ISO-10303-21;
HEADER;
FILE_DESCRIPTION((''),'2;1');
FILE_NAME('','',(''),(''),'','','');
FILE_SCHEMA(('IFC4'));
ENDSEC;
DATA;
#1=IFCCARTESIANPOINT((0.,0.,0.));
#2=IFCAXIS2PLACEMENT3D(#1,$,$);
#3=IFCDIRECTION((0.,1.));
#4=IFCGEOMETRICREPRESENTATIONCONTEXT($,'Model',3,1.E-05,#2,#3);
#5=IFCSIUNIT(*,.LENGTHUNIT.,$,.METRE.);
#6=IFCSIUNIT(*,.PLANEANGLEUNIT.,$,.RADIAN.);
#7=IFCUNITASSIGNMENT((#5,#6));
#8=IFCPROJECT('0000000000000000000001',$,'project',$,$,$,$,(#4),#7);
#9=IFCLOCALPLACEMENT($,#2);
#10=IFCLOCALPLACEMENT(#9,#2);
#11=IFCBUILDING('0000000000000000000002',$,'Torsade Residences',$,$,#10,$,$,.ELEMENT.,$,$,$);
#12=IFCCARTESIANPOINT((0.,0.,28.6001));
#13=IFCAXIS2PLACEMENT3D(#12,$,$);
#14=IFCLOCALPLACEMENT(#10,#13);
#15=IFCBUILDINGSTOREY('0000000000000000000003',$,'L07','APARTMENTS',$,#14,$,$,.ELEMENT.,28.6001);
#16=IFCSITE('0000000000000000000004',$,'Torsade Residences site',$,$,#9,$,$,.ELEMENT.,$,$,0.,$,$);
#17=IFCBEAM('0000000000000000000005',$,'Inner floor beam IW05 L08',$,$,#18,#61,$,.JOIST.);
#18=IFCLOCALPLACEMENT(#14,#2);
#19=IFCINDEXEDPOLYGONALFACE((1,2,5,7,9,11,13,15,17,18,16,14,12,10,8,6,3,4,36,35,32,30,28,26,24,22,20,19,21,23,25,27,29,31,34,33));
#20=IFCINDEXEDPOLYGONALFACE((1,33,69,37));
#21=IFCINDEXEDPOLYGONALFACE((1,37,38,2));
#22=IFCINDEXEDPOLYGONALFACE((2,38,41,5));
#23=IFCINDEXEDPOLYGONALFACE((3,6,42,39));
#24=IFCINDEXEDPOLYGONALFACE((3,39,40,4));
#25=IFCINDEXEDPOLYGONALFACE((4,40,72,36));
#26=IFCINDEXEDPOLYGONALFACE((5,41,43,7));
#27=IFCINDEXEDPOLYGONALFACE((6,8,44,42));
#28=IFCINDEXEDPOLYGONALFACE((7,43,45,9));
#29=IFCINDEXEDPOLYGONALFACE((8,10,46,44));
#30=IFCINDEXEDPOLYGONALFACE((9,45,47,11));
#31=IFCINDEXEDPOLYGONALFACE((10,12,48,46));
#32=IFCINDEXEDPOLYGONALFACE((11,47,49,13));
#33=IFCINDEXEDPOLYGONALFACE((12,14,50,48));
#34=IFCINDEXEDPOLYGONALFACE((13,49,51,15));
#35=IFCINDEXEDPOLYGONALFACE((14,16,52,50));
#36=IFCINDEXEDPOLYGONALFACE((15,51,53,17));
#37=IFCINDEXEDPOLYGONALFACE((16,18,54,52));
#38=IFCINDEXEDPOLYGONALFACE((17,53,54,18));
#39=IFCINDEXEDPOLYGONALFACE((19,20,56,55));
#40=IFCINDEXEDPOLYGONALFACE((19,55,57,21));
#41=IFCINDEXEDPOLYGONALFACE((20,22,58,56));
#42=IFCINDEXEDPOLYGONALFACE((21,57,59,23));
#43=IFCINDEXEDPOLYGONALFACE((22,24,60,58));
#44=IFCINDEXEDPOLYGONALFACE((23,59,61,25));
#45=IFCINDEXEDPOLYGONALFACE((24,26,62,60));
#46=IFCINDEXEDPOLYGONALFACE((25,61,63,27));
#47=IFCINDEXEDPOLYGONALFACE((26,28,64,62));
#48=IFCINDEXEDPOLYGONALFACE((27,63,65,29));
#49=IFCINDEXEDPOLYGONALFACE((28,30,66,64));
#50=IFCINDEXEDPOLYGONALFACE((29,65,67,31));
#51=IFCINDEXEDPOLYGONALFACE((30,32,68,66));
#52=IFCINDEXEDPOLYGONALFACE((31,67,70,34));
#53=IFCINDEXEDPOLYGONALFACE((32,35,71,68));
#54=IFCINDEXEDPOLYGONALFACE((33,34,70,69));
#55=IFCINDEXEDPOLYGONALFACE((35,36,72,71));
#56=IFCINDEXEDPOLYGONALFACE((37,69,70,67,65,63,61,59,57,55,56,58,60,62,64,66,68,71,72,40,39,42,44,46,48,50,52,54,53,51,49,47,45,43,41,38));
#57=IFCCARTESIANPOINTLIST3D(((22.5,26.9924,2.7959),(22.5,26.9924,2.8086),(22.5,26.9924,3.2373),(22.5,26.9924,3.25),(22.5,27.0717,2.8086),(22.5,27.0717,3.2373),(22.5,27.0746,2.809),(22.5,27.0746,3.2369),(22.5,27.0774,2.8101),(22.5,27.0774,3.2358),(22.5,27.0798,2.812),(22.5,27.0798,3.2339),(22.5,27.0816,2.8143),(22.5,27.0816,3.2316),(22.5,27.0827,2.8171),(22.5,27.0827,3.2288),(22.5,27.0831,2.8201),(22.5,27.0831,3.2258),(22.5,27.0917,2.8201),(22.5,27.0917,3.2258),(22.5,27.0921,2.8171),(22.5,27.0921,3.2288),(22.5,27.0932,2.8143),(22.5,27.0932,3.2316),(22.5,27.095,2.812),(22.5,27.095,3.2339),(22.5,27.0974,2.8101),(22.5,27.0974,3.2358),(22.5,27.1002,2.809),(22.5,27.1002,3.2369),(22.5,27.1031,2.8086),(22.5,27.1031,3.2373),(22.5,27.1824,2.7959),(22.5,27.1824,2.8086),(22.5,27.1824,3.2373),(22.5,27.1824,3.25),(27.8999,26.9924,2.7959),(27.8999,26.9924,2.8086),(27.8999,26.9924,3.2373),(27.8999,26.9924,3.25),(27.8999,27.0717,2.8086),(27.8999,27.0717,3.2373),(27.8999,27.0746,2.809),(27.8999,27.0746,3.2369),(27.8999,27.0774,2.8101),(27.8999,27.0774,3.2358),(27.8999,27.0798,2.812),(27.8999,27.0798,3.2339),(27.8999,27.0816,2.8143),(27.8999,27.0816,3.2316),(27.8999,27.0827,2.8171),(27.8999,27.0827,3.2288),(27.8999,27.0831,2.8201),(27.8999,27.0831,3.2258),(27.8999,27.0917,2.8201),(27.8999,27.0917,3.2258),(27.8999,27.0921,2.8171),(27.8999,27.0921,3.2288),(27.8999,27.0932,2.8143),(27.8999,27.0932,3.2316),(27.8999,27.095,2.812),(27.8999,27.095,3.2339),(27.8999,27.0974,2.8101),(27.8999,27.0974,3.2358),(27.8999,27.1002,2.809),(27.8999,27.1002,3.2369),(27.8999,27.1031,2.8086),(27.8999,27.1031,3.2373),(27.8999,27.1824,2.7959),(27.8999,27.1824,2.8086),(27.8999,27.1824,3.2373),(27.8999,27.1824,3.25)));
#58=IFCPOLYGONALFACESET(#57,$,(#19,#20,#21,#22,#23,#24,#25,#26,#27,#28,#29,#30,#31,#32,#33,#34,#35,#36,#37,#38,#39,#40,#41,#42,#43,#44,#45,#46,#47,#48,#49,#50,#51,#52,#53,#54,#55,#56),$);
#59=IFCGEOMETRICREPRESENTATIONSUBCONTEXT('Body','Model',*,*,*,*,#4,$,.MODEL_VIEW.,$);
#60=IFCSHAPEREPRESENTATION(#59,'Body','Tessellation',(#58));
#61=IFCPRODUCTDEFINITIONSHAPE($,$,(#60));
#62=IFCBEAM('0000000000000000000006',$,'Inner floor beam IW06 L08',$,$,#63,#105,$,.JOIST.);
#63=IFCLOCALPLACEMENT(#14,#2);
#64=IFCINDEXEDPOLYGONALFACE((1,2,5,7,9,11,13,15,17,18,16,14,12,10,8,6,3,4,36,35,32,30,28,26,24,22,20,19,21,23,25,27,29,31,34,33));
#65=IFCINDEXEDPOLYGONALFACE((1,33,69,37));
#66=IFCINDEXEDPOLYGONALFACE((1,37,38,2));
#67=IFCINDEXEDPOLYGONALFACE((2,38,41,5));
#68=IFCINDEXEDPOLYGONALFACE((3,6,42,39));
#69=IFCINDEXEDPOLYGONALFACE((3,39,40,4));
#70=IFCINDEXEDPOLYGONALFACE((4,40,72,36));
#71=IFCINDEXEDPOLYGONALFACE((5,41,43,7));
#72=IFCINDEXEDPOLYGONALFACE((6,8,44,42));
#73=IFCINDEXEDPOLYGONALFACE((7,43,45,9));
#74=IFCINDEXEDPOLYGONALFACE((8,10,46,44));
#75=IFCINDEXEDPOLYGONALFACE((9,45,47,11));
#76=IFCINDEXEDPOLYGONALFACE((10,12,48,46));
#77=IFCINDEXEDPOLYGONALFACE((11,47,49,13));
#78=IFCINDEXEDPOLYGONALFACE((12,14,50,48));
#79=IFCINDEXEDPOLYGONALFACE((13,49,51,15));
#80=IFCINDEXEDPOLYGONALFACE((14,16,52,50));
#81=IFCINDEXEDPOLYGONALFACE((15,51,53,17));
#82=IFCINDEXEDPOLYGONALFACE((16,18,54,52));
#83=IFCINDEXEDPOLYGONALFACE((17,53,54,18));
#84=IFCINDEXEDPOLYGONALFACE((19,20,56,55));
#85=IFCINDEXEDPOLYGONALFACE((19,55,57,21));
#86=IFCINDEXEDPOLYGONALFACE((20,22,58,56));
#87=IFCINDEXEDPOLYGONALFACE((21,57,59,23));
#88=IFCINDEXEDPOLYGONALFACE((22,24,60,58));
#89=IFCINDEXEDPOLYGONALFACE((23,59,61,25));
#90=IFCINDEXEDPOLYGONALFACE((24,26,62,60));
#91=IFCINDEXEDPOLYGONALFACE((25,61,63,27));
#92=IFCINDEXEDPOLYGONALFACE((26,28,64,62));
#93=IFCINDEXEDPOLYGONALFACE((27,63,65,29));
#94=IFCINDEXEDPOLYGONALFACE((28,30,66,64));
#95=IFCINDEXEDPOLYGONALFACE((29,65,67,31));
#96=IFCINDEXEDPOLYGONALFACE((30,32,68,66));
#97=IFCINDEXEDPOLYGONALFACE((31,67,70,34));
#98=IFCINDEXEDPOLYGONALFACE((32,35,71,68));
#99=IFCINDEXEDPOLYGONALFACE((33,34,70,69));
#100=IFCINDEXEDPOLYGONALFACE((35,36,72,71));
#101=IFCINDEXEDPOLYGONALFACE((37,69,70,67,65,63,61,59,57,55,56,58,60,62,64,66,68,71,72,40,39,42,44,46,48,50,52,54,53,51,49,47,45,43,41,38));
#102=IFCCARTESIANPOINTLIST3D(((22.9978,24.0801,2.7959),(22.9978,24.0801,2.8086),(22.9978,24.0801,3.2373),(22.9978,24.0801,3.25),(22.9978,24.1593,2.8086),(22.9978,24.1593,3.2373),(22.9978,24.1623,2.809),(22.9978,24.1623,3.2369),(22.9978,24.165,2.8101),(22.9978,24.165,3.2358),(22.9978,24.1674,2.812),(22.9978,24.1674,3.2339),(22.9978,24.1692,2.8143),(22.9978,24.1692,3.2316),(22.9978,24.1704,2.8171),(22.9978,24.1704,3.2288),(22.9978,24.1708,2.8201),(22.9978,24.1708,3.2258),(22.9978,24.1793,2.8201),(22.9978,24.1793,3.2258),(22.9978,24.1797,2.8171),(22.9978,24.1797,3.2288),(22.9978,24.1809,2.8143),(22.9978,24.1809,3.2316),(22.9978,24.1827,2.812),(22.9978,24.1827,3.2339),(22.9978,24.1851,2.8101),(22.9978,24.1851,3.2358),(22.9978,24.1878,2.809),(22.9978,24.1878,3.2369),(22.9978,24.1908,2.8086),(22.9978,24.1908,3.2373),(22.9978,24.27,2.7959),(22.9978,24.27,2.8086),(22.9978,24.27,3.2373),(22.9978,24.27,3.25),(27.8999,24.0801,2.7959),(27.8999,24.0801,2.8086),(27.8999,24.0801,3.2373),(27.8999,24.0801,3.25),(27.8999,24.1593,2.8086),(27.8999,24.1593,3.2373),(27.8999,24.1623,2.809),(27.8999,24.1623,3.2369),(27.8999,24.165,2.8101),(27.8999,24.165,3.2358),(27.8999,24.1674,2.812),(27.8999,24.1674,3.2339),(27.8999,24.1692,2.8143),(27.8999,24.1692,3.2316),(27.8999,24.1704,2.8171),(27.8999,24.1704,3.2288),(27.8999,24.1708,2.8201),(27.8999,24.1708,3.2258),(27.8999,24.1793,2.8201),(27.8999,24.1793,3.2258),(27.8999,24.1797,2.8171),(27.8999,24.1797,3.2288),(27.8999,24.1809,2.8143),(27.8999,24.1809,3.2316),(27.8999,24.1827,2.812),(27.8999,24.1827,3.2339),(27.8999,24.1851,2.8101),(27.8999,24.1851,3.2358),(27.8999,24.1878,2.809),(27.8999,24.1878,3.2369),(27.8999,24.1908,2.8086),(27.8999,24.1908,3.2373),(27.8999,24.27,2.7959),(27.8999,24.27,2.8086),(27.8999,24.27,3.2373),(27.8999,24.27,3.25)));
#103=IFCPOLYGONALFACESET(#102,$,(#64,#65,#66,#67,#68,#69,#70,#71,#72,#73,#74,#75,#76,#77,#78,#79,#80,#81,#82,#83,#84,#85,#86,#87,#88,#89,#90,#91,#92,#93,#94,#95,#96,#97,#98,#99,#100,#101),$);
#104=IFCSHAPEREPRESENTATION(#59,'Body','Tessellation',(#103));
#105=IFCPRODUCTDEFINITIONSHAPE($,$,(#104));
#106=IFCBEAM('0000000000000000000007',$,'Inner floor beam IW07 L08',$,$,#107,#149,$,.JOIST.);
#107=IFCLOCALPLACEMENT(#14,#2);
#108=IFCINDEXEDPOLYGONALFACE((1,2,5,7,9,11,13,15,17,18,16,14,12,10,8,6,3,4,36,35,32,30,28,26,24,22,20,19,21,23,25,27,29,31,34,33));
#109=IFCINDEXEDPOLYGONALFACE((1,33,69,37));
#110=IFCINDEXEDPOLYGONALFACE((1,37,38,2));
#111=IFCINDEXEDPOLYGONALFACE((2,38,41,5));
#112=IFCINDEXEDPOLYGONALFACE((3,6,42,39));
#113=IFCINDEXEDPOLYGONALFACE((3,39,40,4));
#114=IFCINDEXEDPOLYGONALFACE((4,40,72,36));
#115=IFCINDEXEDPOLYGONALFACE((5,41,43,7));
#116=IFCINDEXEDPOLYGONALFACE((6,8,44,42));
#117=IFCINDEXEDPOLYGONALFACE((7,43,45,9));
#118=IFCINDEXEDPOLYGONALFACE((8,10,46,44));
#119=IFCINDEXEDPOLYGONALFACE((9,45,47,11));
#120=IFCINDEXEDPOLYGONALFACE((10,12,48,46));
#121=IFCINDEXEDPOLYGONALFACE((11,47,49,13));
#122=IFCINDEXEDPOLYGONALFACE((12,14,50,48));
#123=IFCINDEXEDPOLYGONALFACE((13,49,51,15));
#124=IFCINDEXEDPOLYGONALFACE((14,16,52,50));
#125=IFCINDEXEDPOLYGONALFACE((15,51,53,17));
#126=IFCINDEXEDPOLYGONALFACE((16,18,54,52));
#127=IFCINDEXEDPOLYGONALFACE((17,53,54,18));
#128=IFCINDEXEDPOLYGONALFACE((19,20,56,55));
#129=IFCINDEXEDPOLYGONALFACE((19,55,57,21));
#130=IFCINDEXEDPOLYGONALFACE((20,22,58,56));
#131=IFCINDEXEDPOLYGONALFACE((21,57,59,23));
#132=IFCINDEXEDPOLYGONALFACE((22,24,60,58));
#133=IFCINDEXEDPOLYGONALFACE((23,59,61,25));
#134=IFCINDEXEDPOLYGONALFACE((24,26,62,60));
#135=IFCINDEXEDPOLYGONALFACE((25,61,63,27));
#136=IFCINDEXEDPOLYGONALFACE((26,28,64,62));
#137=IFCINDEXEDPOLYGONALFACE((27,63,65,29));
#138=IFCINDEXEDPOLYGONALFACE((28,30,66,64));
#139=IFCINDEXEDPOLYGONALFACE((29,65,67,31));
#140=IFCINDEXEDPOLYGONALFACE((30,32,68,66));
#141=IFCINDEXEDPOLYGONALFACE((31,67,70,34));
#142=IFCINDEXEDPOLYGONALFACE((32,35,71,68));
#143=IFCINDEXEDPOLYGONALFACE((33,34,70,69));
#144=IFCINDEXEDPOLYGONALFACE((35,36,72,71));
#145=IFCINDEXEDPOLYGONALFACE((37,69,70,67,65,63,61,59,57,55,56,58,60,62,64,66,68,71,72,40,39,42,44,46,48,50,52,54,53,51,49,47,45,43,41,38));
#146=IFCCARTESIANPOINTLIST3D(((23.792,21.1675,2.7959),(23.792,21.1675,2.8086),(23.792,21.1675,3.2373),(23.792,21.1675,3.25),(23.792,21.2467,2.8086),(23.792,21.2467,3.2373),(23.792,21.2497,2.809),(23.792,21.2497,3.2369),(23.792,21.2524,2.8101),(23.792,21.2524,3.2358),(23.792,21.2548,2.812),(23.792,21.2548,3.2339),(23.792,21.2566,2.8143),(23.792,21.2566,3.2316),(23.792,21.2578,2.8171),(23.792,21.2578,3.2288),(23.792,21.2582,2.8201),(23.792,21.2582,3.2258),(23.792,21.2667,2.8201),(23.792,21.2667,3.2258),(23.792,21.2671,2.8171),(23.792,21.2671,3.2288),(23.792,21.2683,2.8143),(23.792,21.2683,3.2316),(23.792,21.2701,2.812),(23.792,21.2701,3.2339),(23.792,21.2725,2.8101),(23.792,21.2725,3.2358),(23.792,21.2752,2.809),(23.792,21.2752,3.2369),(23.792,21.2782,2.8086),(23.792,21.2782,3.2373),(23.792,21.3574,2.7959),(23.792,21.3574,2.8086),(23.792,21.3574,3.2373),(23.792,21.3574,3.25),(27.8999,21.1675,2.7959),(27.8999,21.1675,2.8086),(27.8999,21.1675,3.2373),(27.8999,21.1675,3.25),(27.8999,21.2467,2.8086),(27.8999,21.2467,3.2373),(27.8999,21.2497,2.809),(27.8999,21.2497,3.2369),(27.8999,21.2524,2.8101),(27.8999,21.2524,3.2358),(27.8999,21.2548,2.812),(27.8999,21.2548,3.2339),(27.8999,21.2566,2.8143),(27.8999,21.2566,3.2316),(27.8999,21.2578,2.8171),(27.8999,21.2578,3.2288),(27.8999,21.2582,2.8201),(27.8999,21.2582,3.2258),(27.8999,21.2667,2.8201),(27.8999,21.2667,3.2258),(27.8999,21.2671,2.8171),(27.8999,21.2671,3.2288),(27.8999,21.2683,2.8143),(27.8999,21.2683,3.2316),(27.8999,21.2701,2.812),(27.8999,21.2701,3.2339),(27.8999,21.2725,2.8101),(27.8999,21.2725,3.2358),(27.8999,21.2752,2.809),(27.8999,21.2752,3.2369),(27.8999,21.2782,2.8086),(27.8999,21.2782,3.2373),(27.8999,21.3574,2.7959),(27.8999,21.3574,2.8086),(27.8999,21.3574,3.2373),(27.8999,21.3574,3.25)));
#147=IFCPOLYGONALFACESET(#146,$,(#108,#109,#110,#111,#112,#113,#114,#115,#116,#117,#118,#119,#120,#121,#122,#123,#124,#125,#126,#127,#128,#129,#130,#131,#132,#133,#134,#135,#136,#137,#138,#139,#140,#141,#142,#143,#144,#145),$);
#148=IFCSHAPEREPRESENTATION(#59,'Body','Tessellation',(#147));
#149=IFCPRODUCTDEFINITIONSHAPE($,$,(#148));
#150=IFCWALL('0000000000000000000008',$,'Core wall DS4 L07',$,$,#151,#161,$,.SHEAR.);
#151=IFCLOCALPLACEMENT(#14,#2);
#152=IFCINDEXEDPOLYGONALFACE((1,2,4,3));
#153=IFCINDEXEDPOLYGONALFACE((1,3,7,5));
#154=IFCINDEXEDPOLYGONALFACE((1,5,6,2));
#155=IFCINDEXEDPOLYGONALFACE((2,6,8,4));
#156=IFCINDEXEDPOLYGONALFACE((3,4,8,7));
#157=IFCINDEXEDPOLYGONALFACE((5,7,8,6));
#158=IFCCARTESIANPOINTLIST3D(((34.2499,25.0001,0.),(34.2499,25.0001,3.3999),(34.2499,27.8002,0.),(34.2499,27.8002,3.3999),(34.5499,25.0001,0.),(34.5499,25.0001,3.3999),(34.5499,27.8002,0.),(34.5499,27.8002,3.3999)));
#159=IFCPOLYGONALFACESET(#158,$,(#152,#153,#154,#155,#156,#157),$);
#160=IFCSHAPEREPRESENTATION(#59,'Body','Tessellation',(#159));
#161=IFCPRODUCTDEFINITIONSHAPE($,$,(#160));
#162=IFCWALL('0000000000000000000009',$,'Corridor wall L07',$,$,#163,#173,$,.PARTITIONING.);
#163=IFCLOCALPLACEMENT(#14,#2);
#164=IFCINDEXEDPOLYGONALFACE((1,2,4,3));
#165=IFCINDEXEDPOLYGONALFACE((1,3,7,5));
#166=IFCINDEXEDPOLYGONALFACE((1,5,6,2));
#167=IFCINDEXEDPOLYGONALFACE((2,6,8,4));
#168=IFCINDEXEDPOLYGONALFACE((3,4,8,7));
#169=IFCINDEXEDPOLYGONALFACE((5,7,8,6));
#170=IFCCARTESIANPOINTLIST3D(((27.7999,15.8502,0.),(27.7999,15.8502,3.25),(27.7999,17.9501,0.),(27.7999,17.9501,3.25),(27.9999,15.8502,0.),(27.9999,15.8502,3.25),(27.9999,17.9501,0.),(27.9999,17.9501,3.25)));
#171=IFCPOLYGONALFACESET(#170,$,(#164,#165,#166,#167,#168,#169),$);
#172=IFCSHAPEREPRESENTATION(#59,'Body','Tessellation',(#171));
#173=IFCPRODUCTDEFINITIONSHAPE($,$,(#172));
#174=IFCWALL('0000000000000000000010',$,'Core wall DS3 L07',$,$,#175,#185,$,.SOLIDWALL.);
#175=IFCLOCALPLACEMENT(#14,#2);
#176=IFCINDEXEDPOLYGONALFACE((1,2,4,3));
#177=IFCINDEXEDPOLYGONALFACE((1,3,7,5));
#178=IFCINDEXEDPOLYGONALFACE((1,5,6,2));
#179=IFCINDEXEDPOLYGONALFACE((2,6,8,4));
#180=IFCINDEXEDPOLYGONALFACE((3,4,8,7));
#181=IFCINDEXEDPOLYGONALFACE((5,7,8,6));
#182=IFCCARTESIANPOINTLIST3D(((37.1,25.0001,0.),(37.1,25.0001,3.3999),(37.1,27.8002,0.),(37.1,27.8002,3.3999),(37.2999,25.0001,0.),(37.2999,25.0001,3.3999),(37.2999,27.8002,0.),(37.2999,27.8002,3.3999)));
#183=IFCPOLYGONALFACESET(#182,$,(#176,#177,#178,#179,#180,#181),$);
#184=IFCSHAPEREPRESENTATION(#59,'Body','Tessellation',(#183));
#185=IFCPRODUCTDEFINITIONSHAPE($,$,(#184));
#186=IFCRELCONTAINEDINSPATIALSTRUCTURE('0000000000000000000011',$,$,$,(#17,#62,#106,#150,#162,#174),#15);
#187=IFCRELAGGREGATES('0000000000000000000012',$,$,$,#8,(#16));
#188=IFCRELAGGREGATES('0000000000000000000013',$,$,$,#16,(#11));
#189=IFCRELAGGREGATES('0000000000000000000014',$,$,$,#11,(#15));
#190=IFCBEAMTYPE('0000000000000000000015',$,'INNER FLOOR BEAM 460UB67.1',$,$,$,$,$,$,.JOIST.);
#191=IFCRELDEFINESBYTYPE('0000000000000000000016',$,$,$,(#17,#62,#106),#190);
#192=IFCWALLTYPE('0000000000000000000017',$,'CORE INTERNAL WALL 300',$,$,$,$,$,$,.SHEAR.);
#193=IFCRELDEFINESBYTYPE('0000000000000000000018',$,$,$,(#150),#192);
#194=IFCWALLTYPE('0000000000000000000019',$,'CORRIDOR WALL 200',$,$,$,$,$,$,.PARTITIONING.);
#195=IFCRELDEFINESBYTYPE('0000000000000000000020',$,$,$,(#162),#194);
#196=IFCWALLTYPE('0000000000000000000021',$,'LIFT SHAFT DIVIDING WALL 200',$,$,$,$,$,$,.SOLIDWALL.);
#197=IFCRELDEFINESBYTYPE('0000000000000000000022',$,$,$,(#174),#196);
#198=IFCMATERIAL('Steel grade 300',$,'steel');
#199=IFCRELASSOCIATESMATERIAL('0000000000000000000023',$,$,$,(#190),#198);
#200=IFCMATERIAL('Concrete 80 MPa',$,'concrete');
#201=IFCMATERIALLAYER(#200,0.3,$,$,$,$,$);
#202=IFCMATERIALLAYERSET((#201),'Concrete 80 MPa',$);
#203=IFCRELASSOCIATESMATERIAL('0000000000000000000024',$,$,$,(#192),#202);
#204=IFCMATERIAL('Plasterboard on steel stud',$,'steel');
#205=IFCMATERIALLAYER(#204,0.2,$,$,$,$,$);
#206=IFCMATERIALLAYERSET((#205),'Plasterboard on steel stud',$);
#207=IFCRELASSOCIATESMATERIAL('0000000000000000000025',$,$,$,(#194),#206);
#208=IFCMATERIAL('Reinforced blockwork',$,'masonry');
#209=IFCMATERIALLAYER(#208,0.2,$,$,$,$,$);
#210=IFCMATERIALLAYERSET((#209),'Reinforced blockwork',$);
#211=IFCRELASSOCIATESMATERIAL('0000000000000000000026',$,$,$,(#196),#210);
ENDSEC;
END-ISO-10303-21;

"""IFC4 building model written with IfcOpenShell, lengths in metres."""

from ifc_helpers import new_model, si_unit, direction, frame, frame_2d, origin, origin_2d, place, context, subcontext, project, spatial, rectangle, i_section, extrude, material, layer, layer_set, material_profile, profile_set, type_object, element, save


model = new_model("IFC4")

# Units and contexts
model_context = context("Model", 3, precision=1e-05, world=origin(), true_north=direction((0.0, 1.0)))
body_context = subcontext(model_context, "Body", "Model", "MODEL_VIEW")
ifc_project = project(units=[si_unit("LENGTHUNIT", "METRE"), si_unit("PLANEANGLEUNIT", "RADIAN")], contexts=[model_context])

# Site, building, storey
site_placement = place(None, origin())
site = spatial("IfcSite", under=ifc_project, at=site_placement, Name="Torsade Residences site", CompositionType="ELEMENT", RefElevation=0.0)
building_placement = place(site_placement, origin())
building = spatial("IfcBuilding", under=site, at=building_placement, Name="Torsade Residences", CompositionType="ELEMENT")
storey_placement = place(building_placement, frame((0.0, 0.0, 28.6001)))
storey = spatial("IfcBuildingStorey", under=building, at=storey_placement, Name="L07", Description="APARTMENTS", CompositionType="ELEMENT", Elevation=28.6001)

# Beams
ifc_material_1 = material(Name="Steel grade 300", Category="steel")
ifc_material_profile_1 = material_profile(ifc_material_1, i_section(OverallWidth=0.1899, OverallDepth=0.4541, WebThickness=0.0085, FlangeThickness=0.0127, FilletRadius=0.0115, at=origin_2d()), Name="460UB67.1")
ifc_profile_set_1 = profile_set([ifc_material_profile_1], Name="Steel grade 300")
beam_type = type_object("IfcBeamType", Name="INNER FLOOR BEAM 460UB67.1", PredefinedType="JOIST", material=ifc_profile_set_1)
beam_1_placement = place(storey_placement, frame((27.8999, 27.0874, 3.0229), z_axis=(-1.0, 0.0, 0.0), x_axis=(0.0, -1.0, 0.0)))
element("IfcBeam", 1, at=beam_1_placement, inside=storey, type_object=beam_type, Name="Inner floor beam IW05 L08", PredefinedType="JOIST", context=body_context, shape_type="SweptSolid", body=[
    extrude(i_section(OverallWidth=0.1899, OverallDepth=0.4541, WebThickness=0.0085, FlangeThickness=0.0127, FilletRadius=0.0115, at=origin_2d()), origin(), (0.0, 0.0, 1.0), 5.3999),
])
beam_2_placement = place(storey_placement, frame((27.8999, 24.175, 3.0229), z_axis=(-1.0, 0.0, 0.0), x_axis=(0.0, -1.0, 0.0)))
element("IfcBeam", 2, at=beam_2_placement, inside=storey, type_object=beam_type, Name="Inner floor beam IW06 L08", PredefinedType="JOIST", context=body_context, shape_type="SweptSolid", body=[
    extrude(i_section(OverallWidth=0.1899, OverallDepth=0.4541, WebThickness=0.0085, FlangeThickness=0.0127, FilletRadius=0.0115, at=origin_2d()), origin(), (0.0, 0.0, 1.0), 4.9021),
])
beam_3_placement = place(storey_placement, frame((27.8999, 21.2625, 3.0229), z_axis=(-1.0, 0.0, 0.0), x_axis=(0.0, -1.0, 0.0)))
element("IfcBeam", 3, at=beam_3_placement, inside=storey, type_object=beam_type, Name="Inner floor beam IW07 L08", PredefinedType="JOIST", context=body_context, shape_type="SweptSolid", body=[
    extrude(i_section(OverallWidth=0.1899, OverallDepth=0.4541, WebThickness=0.0085, FlangeThickness=0.0127, FilletRadius=0.0115, at=origin_2d()), origin(), (0.0, 0.0, 1.0), 4.1079),
])

# Walls
ifc_material_2 = material(Name="Concrete 80 MPa", Category="concrete")
ifc_layer_1 = layer(ifc_material_2, 0.3)
ifc_layer_set_1 = layer_set([ifc_layer_1], Name="Concrete 80 MPa")
wall_type_1 = type_object("IfcWallType", Name="CORE INTERNAL WALL 300", PredefinedType="SHEAR", material=ifc_layer_set_1)
wall_1_placement = place(storey_placement, frame((34.3999, 27.8, 0.0), z_axis=(0.0, 0.0, 1.0), x_axis=(0.0, -1.0, 0.0)))
element("IfcWall", 4, at=wall_1_placement, inside=storey, type_object=wall_type_1, Name="Core wall DS4 L07", PredefinedType="SHEAR", context=body_context, shape_type="SweptSolid", body=[
    extrude(rectangle(XDim=2.8, YDim=0.3, at=frame_2d((1.3999, 0.0))), origin(), (0.0, 0.0, 1.0), 3.3999),
])
ifc_material_3 = material(Name="Plasterboard on steel stud", Category="steel")
ifc_layer_2 = layer(ifc_material_3, 0.2)
ifc_layer_set_2 = layer_set([ifc_layer_2], Name="Plasterboard on steel stud")
wall_type_2 = type_object("IfcWallType", Name="CORRIDOR WALL 200", PredefinedType="PARTITIONING", material=ifc_layer_set_2)
wall_2_placement = place(storey_placement, frame((27.8999, 17.95, 0.0), z_axis=(0.0, 0.0, 1.0), x_axis=(0.0, -1.0, 0.0)))
element("IfcWall", 5, at=wall_2_placement, inside=storey, type_object=wall_type_2, Name="Corridor wall L07", PredefinedType="PARTITIONING", context=body_context, shape_type="SweptSolid", body=[
    extrude(rectangle(XDim=2.0999, YDim=0.2, at=frame_2d((1.0498, 0.0))), origin(), (0.0, 0.0, 1.0), 3.25),
])
ifc_material_4 = material(Name="Reinforced blockwork", Category="masonry")
ifc_layer_3 = layer(ifc_material_4, 0.2)
ifc_layer_set_3 = layer_set([ifc_layer_3], Name="Reinforced blockwork")
wall_type_3 = type_object("IfcWallType", Name="LIFT SHAFT DIVIDING WALL 200", PredefinedType="SOLIDWALL", material=ifc_layer_set_3)
wall_3_placement = place(storey_placement, frame((37.2, 27.8, 0.0), z_axis=(0.0, 0.0, 1.0), x_axis=(0.0, -1.0, 0.0)))
element("IfcWall", 6, at=wall_3_placement, inside=storey, type_object=wall_type_3, Name="Core wall DS3 L07", PredefinedType="SOLIDWALL", context=body_context, shape_type="SweptSolid", body=[
    extrude(rectangle(XDim=2.8, YDim=0.2, at=frame_2d((1.3999, 0.0))), origin(), (0.0, 0.0, 1.0), 3.3999),
])

save(model, "model.ifc")
